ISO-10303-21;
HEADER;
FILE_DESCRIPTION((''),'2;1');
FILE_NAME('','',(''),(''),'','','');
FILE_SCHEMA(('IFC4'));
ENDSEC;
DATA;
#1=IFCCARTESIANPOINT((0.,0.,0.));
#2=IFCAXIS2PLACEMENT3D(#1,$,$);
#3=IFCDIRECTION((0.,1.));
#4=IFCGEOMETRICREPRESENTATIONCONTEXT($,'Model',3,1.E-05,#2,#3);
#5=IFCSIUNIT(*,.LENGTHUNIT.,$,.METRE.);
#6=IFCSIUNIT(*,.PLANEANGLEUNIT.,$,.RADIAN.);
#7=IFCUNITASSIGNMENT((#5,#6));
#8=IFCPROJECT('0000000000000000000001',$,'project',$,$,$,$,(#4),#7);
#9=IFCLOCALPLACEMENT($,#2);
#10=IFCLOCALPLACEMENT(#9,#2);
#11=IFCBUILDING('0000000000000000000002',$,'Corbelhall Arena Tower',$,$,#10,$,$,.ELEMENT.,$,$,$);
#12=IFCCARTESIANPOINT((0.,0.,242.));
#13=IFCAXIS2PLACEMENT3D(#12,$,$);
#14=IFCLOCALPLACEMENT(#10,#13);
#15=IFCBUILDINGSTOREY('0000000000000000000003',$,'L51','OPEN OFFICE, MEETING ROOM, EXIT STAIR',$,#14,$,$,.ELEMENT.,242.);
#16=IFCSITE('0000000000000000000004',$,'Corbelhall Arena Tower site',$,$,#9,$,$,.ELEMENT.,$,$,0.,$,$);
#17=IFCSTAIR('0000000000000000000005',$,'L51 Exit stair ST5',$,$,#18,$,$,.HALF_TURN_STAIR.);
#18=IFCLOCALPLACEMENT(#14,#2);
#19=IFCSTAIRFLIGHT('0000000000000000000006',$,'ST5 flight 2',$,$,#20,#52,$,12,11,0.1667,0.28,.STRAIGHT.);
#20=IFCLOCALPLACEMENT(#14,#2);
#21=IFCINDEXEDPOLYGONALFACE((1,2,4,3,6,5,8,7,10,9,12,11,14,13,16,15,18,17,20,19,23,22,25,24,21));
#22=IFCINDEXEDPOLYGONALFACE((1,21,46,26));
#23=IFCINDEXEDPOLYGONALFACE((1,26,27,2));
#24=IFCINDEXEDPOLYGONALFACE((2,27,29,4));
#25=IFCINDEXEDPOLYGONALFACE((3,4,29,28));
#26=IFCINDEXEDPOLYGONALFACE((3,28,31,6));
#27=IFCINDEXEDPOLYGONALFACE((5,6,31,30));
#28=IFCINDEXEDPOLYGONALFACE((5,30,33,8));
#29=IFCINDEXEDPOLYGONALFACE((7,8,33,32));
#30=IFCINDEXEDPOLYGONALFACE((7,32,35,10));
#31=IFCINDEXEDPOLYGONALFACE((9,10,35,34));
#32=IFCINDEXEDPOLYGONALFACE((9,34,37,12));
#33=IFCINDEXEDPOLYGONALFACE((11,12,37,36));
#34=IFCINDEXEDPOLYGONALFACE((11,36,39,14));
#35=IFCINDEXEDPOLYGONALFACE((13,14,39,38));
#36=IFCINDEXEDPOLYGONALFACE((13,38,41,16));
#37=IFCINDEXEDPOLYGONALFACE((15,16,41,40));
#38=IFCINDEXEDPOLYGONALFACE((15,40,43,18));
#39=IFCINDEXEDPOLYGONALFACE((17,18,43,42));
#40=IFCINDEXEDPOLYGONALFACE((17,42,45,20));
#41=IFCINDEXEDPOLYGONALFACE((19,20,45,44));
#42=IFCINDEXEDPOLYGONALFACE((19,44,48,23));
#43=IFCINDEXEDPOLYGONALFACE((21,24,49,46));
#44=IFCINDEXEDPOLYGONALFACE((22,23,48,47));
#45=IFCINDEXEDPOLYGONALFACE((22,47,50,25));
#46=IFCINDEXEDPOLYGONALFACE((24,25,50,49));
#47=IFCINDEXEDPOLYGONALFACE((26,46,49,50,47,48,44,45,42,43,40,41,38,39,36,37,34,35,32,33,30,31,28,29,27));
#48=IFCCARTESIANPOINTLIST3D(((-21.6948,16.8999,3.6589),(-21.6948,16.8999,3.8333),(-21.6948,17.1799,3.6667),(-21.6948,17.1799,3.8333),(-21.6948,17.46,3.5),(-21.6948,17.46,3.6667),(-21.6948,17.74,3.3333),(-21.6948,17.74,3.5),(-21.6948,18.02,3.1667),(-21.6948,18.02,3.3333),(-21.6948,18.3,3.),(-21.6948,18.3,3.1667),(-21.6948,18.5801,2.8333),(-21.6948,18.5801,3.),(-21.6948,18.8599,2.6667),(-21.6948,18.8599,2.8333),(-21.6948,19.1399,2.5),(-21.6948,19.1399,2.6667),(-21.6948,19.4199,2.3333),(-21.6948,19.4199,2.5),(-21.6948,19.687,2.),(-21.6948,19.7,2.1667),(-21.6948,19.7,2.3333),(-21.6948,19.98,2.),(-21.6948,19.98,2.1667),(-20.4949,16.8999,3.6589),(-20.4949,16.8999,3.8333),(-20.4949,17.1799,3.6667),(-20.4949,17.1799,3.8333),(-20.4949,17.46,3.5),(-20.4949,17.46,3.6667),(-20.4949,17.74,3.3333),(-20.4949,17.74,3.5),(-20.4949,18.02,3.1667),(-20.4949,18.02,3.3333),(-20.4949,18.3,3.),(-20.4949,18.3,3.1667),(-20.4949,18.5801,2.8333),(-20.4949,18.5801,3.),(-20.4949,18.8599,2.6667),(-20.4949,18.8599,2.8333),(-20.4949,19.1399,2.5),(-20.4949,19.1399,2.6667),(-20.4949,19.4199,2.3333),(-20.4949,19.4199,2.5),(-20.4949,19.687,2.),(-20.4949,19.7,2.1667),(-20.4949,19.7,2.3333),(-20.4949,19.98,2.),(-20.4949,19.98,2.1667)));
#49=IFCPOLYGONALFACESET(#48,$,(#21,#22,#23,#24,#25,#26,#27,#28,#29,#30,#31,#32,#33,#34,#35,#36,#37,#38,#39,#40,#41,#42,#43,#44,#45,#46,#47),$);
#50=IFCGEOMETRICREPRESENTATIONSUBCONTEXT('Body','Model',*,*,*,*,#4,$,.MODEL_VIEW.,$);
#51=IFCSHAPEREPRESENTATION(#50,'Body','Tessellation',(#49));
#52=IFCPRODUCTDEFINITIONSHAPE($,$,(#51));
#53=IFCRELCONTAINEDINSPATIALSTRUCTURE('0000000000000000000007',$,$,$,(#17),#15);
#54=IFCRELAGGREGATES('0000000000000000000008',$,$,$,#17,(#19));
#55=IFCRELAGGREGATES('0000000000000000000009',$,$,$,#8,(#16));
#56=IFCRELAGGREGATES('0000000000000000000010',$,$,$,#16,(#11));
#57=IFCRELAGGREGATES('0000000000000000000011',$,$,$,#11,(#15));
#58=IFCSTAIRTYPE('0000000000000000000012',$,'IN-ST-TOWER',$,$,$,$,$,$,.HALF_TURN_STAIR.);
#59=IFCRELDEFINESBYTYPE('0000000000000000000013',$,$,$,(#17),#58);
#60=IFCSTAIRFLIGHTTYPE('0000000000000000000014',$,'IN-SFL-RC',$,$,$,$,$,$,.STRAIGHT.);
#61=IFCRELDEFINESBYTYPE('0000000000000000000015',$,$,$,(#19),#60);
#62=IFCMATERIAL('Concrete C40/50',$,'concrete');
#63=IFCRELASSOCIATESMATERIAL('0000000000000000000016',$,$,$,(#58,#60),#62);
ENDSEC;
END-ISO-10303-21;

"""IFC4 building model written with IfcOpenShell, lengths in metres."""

from ifc_helpers import new_model, si_unit, direction, frame, origin, place, context, subcontext, project, spatial, polyline, outline, extrude, material, type_object, element, aggregate, save


model = new_model("IFC4")

# Units and contexts
model_context = context("Model", 3, precision=1e-05, world=origin(), true_north=direction((0.0, 1.0)))
body_context = subcontext(model_context, "Body", "Model", "MODEL_VIEW")
ifc_project = project(units=[si_unit("LENGTHUNIT", "METRE"), si_unit("PLANEANGLEUNIT", "RADIAN")], contexts=[model_context])

# Site, building, storey
site_placement = place(None, origin())
site = spatial("IfcSite", under=ifc_project, at=site_placement, Name="Corbelhall Arena Tower site", CompositionType="ELEMENT", RefElevation=0.0)
building_placement = place(site_placement, origin())
building = spatial("IfcBuilding", under=site, at=building_placement, Name="Corbelhall Arena Tower", CompositionType="ELEMENT")
storey_placement = place(building_placement, frame((0.0, 0.0, 242.0)))
storey = spatial("IfcBuildingStorey", under=building, at=storey_placement, Name="L51", Description="OPEN OFFICE, MEETING ROOM, EXIT STAIR", CompositionType="ELEMENT", Elevation=242.0)

# Shared definitions
ifc_material_1 = material(Name="Concrete C40/50", Category="concrete")

# Stair, stair flight
stair_type = type_object("IfcStairType", Name="IN-ST-TOWER", PredefinedType="HALF_TURN_STAIR", material=ifc_material_1)
stair_placement = place(storey_placement, origin())
stair = element("IfcStair", 1, at=stair_placement, inside=storey, type_object=stair_type, Name="L51 Exit stair ST5", PredefinedType="HALF_TURN_STAIR")
stair_flight_type = type_object("IfcStairFlightType", Name="IN-SFL-RC", PredefinedType="STRAIGHT", material=ifc_material_1)
stair_flight_1_placement = place(storey_placement, frame((-21.095, 19.98, 2.0), z_axis=(0.0, 0.0, 1.0), x_axis=(0.0, -1.0, 0.0)))
stair_flight_1 = element("IfcStairFlight", 2, at=stair_flight_1_placement, type_object=stair_flight_type, Name="ST5 flight 2", NumberOfRisers=12, NumberOfTreads=11, PredefinedType="STRAIGHT", RiserHeight=0.1667, TreadLength=0.28, context=body_context, shape_type="SweptSolid", body=[
    extrude(outline(polyline([(0.0, 0.0), (0.0, 0.1667), (0.28, 0.1667), (0.28, 0.3333), (0.5601, 0.3333), (0.5601, 0.5), (0.8401, 0.5), (0.8401, 0.6667), (1.1201, 0.6667), (1.1201, 0.8333), (1.3999, 0.8333), (1.3999, 1.0), (1.6799, 1.0), (1.6799, 1.1667), (1.96, 1.1667), (1.96, 1.3333), (2.24, 1.3333), (2.24, 1.5), (2.52, 1.5), (2.52, 1.6667), (2.8, 1.6667), (2.8, 1.8333), (3.0801, 1.8333), (3.0801, 2.0), (3.0801, 1.6589), (0.293, 0.0), (0.0, 0.0)])), frame((0.0, 0.6001, 0.0), z_axis=(0.0, -1.0, 0.0), x_axis=(1.0, 0.0, 0.0)), (0.0, 0.0, 1.0), 1.2),
])
aggregate(stair, [stair_flight_1])

save(model, "model.ifc")
